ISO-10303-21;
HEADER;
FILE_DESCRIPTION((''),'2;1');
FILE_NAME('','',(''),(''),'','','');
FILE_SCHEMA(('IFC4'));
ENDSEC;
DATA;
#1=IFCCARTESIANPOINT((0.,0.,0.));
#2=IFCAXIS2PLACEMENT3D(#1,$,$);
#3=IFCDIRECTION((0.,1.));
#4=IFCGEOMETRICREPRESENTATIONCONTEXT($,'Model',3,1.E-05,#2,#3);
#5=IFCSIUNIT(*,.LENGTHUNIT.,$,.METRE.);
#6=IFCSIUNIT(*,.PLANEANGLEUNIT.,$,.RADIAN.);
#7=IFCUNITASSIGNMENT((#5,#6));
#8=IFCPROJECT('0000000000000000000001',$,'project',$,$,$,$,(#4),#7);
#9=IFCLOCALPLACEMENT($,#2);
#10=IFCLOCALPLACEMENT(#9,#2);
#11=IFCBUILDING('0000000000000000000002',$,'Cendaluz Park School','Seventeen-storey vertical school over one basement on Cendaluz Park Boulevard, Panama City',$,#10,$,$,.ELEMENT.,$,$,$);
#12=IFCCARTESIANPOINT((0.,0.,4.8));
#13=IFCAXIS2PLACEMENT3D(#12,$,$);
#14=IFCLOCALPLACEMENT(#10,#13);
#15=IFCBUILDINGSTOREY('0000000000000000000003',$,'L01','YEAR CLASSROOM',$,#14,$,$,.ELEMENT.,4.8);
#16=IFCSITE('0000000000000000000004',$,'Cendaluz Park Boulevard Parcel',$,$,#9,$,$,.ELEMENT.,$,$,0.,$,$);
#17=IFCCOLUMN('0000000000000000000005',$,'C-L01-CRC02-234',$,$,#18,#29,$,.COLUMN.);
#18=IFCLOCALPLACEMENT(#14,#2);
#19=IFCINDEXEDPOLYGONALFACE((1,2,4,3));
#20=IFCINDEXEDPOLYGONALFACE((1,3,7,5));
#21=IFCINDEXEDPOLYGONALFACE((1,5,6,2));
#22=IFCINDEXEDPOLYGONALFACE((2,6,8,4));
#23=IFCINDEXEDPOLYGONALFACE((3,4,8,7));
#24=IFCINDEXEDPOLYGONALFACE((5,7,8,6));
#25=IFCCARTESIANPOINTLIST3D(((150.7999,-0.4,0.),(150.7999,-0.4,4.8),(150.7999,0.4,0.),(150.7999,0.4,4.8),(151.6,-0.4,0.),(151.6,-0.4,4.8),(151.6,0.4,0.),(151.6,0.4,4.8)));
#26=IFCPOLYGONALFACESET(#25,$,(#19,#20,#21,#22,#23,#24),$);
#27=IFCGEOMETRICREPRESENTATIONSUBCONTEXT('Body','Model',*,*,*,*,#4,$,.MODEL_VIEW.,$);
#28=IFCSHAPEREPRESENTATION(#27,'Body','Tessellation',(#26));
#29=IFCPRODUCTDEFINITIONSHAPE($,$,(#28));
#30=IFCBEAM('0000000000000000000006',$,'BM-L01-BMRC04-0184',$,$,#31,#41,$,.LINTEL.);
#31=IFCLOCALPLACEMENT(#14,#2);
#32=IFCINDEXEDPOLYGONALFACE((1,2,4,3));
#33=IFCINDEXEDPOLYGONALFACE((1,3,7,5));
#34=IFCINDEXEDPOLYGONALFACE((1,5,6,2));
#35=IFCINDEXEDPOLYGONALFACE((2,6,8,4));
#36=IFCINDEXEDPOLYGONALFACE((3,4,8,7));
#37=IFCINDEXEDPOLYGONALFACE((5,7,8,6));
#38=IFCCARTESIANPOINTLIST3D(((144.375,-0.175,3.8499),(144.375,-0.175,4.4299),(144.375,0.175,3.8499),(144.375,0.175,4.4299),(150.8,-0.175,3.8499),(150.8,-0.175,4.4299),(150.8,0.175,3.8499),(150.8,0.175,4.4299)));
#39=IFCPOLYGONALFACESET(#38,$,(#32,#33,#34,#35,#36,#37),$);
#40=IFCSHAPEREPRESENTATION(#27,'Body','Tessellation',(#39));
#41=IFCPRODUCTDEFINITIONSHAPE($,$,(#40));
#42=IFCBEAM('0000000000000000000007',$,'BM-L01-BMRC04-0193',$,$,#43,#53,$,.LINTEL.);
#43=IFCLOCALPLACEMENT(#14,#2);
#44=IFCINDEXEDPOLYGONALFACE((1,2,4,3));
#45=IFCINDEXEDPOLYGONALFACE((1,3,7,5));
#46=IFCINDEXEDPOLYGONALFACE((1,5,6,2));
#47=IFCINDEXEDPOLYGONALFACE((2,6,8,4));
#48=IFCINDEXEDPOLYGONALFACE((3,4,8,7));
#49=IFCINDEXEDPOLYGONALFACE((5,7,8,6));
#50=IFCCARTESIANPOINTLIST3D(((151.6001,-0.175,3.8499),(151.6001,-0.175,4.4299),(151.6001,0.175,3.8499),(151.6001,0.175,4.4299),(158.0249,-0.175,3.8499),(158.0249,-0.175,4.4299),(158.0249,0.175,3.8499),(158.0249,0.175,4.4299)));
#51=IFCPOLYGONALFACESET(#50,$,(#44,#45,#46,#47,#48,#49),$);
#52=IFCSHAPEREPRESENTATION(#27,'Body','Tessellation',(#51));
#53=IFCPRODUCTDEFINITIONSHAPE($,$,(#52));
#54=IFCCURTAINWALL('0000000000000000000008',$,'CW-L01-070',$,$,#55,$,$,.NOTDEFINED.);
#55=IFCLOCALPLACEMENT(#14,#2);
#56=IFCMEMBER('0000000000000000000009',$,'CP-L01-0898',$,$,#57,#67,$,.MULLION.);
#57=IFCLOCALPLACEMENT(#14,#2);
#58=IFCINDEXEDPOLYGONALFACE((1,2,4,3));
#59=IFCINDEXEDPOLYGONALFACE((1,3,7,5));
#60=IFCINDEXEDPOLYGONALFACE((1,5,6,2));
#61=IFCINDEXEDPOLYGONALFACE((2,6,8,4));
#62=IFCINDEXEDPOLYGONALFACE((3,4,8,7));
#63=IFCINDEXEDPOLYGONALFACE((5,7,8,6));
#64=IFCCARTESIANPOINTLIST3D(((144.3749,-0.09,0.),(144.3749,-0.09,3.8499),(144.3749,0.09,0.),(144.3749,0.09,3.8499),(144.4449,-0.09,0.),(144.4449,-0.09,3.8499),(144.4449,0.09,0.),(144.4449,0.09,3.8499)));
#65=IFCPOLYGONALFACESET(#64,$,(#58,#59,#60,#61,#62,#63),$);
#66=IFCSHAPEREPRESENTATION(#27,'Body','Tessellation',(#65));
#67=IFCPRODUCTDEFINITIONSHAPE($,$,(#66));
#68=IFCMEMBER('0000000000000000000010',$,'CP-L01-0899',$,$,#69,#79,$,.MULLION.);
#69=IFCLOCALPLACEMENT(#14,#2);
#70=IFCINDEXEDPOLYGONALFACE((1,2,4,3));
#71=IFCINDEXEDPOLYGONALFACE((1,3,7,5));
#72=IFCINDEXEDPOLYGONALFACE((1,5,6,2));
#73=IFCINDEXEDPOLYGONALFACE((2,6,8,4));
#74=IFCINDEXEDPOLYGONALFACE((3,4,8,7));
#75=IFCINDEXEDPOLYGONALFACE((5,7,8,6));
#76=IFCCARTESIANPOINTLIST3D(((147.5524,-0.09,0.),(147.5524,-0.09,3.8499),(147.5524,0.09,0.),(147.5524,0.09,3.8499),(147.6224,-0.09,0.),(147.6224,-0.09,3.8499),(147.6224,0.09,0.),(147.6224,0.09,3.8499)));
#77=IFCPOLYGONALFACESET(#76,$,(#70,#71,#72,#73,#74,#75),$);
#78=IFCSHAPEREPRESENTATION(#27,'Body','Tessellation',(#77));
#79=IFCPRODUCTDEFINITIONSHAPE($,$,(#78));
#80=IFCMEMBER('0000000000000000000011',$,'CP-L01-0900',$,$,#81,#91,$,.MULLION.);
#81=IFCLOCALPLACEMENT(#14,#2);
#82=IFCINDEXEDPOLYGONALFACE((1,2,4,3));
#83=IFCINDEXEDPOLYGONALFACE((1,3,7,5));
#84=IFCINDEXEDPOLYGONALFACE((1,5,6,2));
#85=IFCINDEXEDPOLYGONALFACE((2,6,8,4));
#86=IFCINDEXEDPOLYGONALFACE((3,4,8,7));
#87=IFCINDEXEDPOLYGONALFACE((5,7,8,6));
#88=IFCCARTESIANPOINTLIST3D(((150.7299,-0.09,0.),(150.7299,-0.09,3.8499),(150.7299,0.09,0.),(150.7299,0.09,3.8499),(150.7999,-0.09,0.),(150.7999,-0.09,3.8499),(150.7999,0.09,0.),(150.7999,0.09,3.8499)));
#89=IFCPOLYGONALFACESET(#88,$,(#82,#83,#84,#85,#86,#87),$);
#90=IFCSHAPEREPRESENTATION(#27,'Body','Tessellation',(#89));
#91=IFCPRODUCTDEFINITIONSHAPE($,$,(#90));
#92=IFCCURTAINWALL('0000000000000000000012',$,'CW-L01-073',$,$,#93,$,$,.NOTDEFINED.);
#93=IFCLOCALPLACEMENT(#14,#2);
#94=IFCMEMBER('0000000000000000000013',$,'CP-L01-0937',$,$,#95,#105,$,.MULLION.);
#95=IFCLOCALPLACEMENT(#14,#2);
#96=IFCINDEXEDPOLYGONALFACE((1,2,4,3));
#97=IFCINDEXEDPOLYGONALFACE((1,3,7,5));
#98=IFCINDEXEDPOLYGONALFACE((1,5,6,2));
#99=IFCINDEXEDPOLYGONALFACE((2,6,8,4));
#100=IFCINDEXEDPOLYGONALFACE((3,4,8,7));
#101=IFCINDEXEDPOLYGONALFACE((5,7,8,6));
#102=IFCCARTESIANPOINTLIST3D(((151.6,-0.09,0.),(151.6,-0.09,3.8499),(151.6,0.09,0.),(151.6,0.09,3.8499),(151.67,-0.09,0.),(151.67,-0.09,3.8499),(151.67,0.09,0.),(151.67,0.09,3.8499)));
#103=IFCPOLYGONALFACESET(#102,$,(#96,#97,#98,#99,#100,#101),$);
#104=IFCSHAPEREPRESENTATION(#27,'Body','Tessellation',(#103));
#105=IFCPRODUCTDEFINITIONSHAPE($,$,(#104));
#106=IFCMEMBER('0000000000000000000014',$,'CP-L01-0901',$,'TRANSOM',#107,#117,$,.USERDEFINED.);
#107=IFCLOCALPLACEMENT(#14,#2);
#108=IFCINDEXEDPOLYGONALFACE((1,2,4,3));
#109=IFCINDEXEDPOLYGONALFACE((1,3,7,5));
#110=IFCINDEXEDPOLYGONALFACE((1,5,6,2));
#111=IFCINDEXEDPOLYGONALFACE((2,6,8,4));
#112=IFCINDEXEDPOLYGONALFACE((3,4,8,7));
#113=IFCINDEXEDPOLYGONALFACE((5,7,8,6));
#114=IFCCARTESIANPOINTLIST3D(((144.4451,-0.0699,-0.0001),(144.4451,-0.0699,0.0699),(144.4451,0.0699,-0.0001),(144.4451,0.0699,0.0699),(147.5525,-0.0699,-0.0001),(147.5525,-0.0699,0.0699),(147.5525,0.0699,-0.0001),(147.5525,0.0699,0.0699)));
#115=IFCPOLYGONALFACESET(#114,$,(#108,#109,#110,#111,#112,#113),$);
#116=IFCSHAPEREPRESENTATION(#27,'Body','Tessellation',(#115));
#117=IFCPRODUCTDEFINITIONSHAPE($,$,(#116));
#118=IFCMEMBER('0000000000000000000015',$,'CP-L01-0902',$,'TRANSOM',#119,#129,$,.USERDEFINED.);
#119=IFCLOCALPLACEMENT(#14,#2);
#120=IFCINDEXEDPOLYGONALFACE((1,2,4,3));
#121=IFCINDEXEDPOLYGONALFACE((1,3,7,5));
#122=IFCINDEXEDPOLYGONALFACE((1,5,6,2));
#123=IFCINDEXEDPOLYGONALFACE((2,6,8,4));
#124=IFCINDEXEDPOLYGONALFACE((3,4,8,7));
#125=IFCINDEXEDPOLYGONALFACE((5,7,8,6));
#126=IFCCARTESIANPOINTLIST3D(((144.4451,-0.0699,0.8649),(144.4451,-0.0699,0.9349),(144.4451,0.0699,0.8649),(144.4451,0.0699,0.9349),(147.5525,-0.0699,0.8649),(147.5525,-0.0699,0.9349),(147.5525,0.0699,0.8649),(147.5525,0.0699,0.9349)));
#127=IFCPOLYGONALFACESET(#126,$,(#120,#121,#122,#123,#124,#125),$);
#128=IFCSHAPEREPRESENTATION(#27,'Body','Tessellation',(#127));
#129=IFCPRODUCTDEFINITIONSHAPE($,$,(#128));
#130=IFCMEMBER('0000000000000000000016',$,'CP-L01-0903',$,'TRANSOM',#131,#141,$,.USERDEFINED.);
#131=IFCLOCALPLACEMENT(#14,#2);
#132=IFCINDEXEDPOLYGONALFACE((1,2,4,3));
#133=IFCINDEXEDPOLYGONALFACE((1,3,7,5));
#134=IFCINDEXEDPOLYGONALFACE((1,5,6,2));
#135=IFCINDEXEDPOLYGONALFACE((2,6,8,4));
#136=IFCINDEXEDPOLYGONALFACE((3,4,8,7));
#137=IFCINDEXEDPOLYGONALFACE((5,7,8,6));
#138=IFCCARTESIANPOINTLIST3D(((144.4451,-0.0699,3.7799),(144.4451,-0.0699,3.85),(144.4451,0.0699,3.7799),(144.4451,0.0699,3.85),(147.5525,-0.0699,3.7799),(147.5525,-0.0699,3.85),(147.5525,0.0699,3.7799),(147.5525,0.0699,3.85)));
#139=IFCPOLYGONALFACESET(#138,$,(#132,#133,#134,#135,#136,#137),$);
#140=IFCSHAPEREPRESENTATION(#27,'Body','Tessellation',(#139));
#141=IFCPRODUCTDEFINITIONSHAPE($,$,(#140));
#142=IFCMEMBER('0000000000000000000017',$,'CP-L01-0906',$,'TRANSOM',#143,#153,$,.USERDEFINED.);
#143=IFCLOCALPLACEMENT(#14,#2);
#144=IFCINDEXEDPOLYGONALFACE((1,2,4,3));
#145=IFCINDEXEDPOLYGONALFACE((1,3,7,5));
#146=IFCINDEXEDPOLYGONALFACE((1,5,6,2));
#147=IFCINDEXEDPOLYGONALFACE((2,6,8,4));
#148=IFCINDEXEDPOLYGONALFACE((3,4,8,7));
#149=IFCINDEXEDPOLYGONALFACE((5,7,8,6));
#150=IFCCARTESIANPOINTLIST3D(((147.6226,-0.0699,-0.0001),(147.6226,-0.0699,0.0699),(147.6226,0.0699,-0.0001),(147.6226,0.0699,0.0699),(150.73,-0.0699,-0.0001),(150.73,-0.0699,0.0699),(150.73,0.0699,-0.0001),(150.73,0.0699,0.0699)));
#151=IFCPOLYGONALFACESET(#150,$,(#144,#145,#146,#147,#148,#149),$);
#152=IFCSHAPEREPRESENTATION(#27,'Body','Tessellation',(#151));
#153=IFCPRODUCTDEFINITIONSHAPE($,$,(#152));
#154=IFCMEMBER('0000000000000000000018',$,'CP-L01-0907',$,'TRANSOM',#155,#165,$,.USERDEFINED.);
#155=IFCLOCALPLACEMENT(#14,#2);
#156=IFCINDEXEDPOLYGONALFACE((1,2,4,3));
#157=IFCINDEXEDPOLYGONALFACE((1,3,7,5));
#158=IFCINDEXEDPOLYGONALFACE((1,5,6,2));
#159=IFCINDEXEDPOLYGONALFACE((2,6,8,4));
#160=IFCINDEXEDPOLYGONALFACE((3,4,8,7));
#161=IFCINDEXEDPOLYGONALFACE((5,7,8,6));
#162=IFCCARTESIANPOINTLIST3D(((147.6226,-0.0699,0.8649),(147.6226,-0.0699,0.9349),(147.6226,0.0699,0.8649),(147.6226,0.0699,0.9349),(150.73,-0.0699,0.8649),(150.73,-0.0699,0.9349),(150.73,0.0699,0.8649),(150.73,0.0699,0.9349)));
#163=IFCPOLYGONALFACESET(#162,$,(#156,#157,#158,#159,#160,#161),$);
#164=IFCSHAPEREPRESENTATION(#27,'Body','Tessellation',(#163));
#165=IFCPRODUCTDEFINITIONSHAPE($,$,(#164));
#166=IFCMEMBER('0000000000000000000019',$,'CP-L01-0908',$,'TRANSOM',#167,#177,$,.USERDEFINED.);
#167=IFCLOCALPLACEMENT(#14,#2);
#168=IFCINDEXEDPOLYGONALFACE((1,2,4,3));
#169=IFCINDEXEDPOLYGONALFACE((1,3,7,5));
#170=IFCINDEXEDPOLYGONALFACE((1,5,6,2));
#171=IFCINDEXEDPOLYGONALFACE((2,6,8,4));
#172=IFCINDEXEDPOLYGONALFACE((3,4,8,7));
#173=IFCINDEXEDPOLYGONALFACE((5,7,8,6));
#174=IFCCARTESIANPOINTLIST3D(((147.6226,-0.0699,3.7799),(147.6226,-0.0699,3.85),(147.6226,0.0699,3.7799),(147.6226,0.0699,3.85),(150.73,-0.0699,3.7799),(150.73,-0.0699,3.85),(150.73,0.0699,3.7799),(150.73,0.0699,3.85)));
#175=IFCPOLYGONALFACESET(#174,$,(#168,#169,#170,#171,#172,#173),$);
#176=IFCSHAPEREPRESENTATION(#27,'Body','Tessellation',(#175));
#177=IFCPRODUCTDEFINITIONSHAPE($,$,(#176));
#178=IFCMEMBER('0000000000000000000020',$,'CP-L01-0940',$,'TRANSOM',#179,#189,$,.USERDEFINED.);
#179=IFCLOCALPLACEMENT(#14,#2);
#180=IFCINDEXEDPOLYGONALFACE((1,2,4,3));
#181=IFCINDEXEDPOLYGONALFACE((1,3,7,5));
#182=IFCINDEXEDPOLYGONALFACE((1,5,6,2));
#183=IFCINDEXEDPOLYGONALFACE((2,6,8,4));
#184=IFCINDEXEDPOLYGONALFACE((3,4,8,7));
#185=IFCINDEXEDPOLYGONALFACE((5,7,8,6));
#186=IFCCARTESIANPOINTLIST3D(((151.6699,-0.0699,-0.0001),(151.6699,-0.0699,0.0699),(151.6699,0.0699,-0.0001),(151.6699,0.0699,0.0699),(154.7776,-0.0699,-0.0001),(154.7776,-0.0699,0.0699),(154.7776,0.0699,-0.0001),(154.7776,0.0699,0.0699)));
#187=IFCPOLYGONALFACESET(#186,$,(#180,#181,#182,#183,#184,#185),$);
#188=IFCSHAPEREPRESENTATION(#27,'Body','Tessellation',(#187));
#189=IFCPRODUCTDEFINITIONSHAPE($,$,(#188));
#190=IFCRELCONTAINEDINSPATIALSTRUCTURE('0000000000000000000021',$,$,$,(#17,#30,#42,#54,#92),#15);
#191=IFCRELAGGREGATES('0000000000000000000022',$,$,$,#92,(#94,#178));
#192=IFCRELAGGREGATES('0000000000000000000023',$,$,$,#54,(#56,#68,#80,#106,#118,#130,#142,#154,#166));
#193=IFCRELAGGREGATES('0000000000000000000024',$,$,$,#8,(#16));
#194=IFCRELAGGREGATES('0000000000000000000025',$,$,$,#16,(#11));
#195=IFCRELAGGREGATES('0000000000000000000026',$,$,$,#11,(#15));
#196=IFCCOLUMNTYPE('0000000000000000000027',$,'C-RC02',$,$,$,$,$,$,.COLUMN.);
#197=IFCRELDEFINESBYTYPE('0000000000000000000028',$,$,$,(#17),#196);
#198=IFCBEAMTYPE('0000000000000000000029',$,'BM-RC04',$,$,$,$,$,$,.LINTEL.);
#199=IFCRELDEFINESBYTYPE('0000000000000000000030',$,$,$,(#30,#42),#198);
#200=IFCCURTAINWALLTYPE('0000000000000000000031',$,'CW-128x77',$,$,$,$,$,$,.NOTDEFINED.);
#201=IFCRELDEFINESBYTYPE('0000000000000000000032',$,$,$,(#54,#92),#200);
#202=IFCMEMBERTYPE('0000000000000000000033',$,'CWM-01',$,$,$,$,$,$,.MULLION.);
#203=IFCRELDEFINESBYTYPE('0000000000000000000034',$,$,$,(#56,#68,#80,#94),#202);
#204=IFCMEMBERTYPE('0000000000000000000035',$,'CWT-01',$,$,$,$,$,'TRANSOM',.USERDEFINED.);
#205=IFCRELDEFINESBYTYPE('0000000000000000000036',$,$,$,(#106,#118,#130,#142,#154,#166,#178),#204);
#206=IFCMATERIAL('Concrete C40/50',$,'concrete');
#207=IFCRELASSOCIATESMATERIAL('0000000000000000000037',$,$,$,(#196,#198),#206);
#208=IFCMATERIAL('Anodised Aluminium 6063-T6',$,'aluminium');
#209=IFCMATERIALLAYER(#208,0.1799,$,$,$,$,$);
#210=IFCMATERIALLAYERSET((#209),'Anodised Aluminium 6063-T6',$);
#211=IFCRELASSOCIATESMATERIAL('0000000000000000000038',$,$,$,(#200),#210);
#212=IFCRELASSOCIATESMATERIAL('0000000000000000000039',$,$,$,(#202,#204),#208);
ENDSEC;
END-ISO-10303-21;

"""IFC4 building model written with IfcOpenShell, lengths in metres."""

from ifc_helpers import new_model, si_unit, direction, frame, origin, origin_2d, place, context, subcontext, project, spatial, rectangle, extrude, material, layer, layer_set, material_profile, profile_set, type_object, element, aggregate, save


model = new_model("IFC4")

# Units and contexts
model_context = context("Model", 3, precision=1e-05, world=origin(), true_north=direction((0.0, 1.0)))
body_context = subcontext(model_context, "Body", "Model", "MODEL_VIEW")
ifc_project = project(units=[si_unit("LENGTHUNIT", "METRE"), si_unit("PLANEANGLEUNIT", "RADIAN")], contexts=[model_context])

# Site, building, storey
site_placement = place(None, origin())
site = spatial("IfcSite", under=ifc_project, at=site_placement, Name="Cendaluz Park Boulevard Parcel", CompositionType="ELEMENT", RefElevation=0.0)
building_placement = place(site_placement, origin())
building = spatial("IfcBuilding", under=site, at=building_placement, Name="Cendaluz Park School", Description="Seventeen-storey vertical school over one basement on Cendaluz Park Boulevard, Panama City", CompositionType="ELEMENT")
storey_placement = place(building_placement, frame((0.0, 0.0, 4.8)))
storey = spatial("IfcBuildingStorey", under=building, at=storey_placement, Name="L01", Description="YEAR CLASSROOM", CompositionType="ELEMENT", Elevation=4.8)

# Column
ifc_material_1 = material(Name="Concrete C40/50", Category="concrete")
ifc_material_profile_1 = material_profile(ifc_material_1, rectangle(XDim=0.8, YDim=0.8, at=origin_2d()), Name="RC 800x800", Category="concrete")
ifc_profile_set_1 = profile_set([ifc_material_profile_1], Name="Concrete C40/50")
column_type = type_object("IfcColumnType", Name="C-RC02", PredefinedType="COLUMN", material=ifc_profile_set_1)
column_placement = place(storey_placement, frame((151.2, 0.0, 0.0), z_axis=(0.0, 0.0, 1.0), x_axis=(1.0, 0.0, 0.0)))
element("IfcColumn", 1, at=column_placement, inside=storey, type_object=column_type, Name="C-L01-CRC02-234", PredefinedType="COLUMN", context=body_context, shape_type="SweptSolid", body=[
    extrude(rectangle(XDim=0.8, YDim=0.8, at=origin_2d()), origin(), (0.0, 0.0, 1.0), 4.8),
])

# Beams
ifc_material_profile_2 = material_profile(ifc_material_1, rectangle(XDim=0.3501, YDim=0.5801, at=origin_2d()), Name="RC 350x580", Category="concrete")
ifc_profile_set_2 = profile_set([ifc_material_profile_2], Name="Concrete C40/50")
beam_type = type_object("IfcBeamType", Name="BM-RC04", PredefinedType="LINTEL", material=ifc_profile_set_2)
beam_1_placement = place(storey_placement, frame((144.375, 0.0, 4.1399), z_axis=(1.0, 0.0, 0.0), x_axis=(0.0, 1.0, 0.0)))
element("IfcBeam", 2, at=beam_1_placement, inside=storey, type_object=beam_type, Name="BM-L01-BMRC04-0184", PredefinedType="LINTEL", context=body_context, shape_type="SweptSolid", body=[
    extrude(rectangle(XDim=0.3501, YDim=0.5801, at=origin_2d()), origin(), (0.0, 0.0, 1.0), 6.425),
])
beam_2_placement = place(storey_placement, frame((151.6001, 0.0, 4.1399), z_axis=(1.0, 0.0, 0.0), x_axis=(0.0, 1.0, 0.0)))
element("IfcBeam", 3, at=beam_2_placement, inside=storey, type_object=beam_type, Name="BM-L01-BMRC04-0193", PredefinedType="LINTEL", context=body_context, shape_type="SweptSolid", body=[
    extrude(rectangle(XDim=0.3501, YDim=0.5801, at=origin_2d()), origin(), (0.0, 0.0, 1.0), 6.4248),
])

# Curtain wall, members
ifc_material_2 = material(Name="Anodised Aluminium 6063-T6", Category="aluminium")
ifc_layer_1 = layer(ifc_material_2, 0.1799)
ifc_layer_set_1 = layer_set([ifc_layer_1], Name="Anodised Aluminium 6063-T6")
curtain_wall_type = type_object("IfcCurtainWallType", Name="CW-128x77", PredefinedType="NOTDEFINED", material=ifc_layer_set_1)
curtain_wall_1_placement = place(storey_placement, origin())
curtain_wall_1 = element("IfcCurtainWall", 4, at=curtain_wall_1_placement, inside=storey, type_object=curtain_wall_type, Name="CW-L01-070", PredefinedType="NOTDEFINED")
ifc_material_profile_3 = material_profile(ifc_material_2, rectangle(XDim=0.1799, YDim=0.0701, at=origin_2d()), Name="CWM 180x70", Category="aluminium")
ifc_profile_set_3 = profile_set([ifc_material_profile_3], Name="Anodised Aluminium 6063-T6")
member_type_1 = type_object("IfcMemberType", Name="CWM-01", PredefinedType="MULLION", material=ifc_profile_set_3)
member_1_placement = place(storey_placement, frame((144.4099, 0.0, 0.0), z_axis=(0.0, 0.0, 1.0), x_axis=(0.0, 1.0, 0.0)))
member_1 = element("IfcMember", 5, at=member_1_placement, type_object=member_type_1, Name="CP-L01-0898", PredefinedType="MULLION", context=body_context, shape_type="SweptSolid", body=[
    extrude(rectangle(XDim=0.1799, YDim=0.0701, at=origin_2d()), origin(), (0.0, 0.0, 1.0), 3.8499),
])
member_2_placement = place(storey_placement, frame((147.5874, 0.0, 0.0), z_axis=(0.0, 0.0, 1.0), x_axis=(0.0, 1.0, 0.0)))
member_2 = element("IfcMember", 6, at=member_2_placement, type_object=member_type_1, Name="CP-L01-0899", PredefinedType="MULLION", context=body_context, shape_type="SweptSolid", body=[
    extrude(rectangle(XDim=0.1799, YDim=0.0701, at=origin_2d()), origin(), (0.0, 0.0, 1.0), 3.8499),
])
member_3_placement = place(storey_placement, frame((150.7649, 0.0, 0.0), z_axis=(0.0, 0.0, 1.0), x_axis=(0.0, 1.0, 0.0)))
member_3 = element("IfcMember", 7, at=member_3_placement, type_object=member_type_1, Name="CP-L01-0900", PredefinedType="MULLION", context=body_context, shape_type="SweptSolid", body=[
    extrude(rectangle(XDim=0.1799, YDim=0.0701, at=origin_2d()), origin(), (0.0, 0.0, 1.0), 3.8499),
])

# Curtain wall, member
curtain_wall_2_placement = place(storey_placement, origin())
curtain_wall_2 = element("IfcCurtainWall", 8, at=curtain_wall_2_placement, inside=storey, type_object=curtain_wall_type, Name="CW-L01-073", PredefinedType="NOTDEFINED")
member_4_placement = place(storey_placement, frame((151.635, 0.0, 0.0), z_axis=(0.0, 0.0, 1.0), x_axis=(0.0, 1.0, 0.0)))
member_4 = element("IfcMember", 9, at=member_4_placement, type_object=member_type_1, Name="CP-L01-0937", PredefinedType="MULLION", context=body_context, shape_type="SweptSolid", body=[
    extrude(rectangle(XDim=0.1799, YDim=0.0701, at=origin_2d()), origin(), (0.0, 0.0, 1.0), 3.8499),
])

# Members
ifc_material_profile_4 = material_profile(ifc_material_2, rectangle(XDim=0.1399, YDim=0.0701, at=origin_2d()), Name="CWT 140x70", Category="aluminium")
ifc_profile_set_4 = profile_set([ifc_material_profile_4], Name="Anodised Aluminium 6063-T6")
member_type_2 = type_object("IfcMemberType", Name="CWT-01", ElementType="TRANSOM", PredefinedType="USERDEFINED", material=ifc_profile_set_4)
member_5_placement = place(storey_placement, frame((144.4451, 0.0, 0.0349), z_axis=(1.0, 0.0, 0.0), x_axis=(0.0, 1.0, 0.0)))
member_5 = element("IfcMember", 10, at=member_5_placement, type_object=member_type_2, Name="CP-L01-0901", ObjectType="TRANSOM", PredefinedType="USERDEFINED", context=body_context, shape_type="SweptSolid", body=[
    extrude(rectangle(XDim=0.1399, YDim=0.0701, at=origin_2d()), origin(), (0.0, 0.0, 1.0), 3.1074),
])
member_6_placement = place(storey_placement, frame((144.4451, 0.0, 0.8999), z_axis=(1.0, 0.0, 0.0), x_axis=(0.0, 1.0, 0.0)))
member_6 = element("IfcMember", 11, at=member_6_placement, type_object=member_type_2, Name="CP-L01-0902", ObjectType="TRANSOM", PredefinedType="USERDEFINED", context=body_context, shape_type="SweptSolid", body=[
    extrude(rectangle(XDim=0.1399, YDim=0.0701, at=origin_2d()), origin(), (0.0, 0.0, 1.0), 3.1074),
])
member_7_placement = place(storey_placement, frame((144.4451, 0.0, 3.8149), z_axis=(1.0, 0.0, 0.0), x_axis=(0.0, 1.0, 0.0)))
member_7 = element("IfcMember", 12, at=member_7_placement, type_object=member_type_2, Name="CP-L01-0903", ObjectType="TRANSOM", PredefinedType="USERDEFINED", context=body_context, shape_type="SweptSolid", body=[
    extrude(rectangle(XDim=0.1399, YDim=0.0701, at=origin_2d()), origin(), (0.0, 0.0, 1.0), 3.1074),
])
member_8_placement = place(storey_placement, frame((147.6226, 0.0, 0.0349), z_axis=(1.0, 0.0, 0.0), x_axis=(0.0, 1.0, 0.0)))
member_8 = element("IfcMember", 13, at=member_8_placement, type_object=member_type_2, Name="CP-L01-0906", ObjectType="TRANSOM", PredefinedType="USERDEFINED", context=body_context, shape_type="SweptSolid", body=[
    extrude(rectangle(XDim=0.1399, YDim=0.0701, at=origin_2d()), origin(), (0.0, 0.0, 1.0), 3.1074),
])
member_9_placement = place(storey_placement, frame((147.6226, 0.0, 0.8999), z_axis=(1.0, 0.0, 0.0), x_axis=(0.0, 1.0, 0.0)))
member_9 = element("IfcMember", 14, at=member_9_placement, type_object=member_type_2, Name="CP-L01-0907", ObjectType="TRANSOM", PredefinedType="USERDEFINED", context=body_context, shape_type="SweptSolid", body=[
    extrude(rectangle(XDim=0.1399, YDim=0.0701, at=origin_2d()), origin(), (0.0, 0.0, 1.0), 3.1074),
])
member_10_placement = place(storey_placement, frame((147.6226, 0.0, 3.8149), z_axis=(1.0, 0.0, 0.0), x_axis=(0.0, 1.0, 0.0)))
member_10 = element("IfcMember", 15, at=member_10_placement, type_object=member_type_2, Name="CP-L01-0908", ObjectType="TRANSOM", PredefinedType="USERDEFINED", context=body_context, shape_type="SweptSolid", body=[
    extrude(rectangle(XDim=0.1399, YDim=0.0701, at=origin_2d()), origin(), (0.0, 0.0, 1.0), 3.1074),
])
member_11_placement = place(storey_placement, frame((151.6699, 0.0, 0.0349), z_axis=(1.0, 0.0, 0.0), x_axis=(0.0, 1.0, 0.0)))
member_11 = element("IfcMember", 16, at=member_11_placement, type_object=member_type_2, Name="CP-L01-0940", ObjectType="TRANSOM", PredefinedType="USERDEFINED", context=body_context, shape_type="SweptSolid", body=[
    extrude(rectangle(XDim=0.1399, YDim=0.0701, at=origin_2d()), origin(), (0.0, 0.0, 1.0), 3.1077),
])
aggregate(curtain_wall_2, [member_4, member_11])

aggregate(curtain_wall_1, [member_1, member_2, member_3, member_5, member_6, member_7, member_8, member_9, member_10])

save(model, "model.ifc")
